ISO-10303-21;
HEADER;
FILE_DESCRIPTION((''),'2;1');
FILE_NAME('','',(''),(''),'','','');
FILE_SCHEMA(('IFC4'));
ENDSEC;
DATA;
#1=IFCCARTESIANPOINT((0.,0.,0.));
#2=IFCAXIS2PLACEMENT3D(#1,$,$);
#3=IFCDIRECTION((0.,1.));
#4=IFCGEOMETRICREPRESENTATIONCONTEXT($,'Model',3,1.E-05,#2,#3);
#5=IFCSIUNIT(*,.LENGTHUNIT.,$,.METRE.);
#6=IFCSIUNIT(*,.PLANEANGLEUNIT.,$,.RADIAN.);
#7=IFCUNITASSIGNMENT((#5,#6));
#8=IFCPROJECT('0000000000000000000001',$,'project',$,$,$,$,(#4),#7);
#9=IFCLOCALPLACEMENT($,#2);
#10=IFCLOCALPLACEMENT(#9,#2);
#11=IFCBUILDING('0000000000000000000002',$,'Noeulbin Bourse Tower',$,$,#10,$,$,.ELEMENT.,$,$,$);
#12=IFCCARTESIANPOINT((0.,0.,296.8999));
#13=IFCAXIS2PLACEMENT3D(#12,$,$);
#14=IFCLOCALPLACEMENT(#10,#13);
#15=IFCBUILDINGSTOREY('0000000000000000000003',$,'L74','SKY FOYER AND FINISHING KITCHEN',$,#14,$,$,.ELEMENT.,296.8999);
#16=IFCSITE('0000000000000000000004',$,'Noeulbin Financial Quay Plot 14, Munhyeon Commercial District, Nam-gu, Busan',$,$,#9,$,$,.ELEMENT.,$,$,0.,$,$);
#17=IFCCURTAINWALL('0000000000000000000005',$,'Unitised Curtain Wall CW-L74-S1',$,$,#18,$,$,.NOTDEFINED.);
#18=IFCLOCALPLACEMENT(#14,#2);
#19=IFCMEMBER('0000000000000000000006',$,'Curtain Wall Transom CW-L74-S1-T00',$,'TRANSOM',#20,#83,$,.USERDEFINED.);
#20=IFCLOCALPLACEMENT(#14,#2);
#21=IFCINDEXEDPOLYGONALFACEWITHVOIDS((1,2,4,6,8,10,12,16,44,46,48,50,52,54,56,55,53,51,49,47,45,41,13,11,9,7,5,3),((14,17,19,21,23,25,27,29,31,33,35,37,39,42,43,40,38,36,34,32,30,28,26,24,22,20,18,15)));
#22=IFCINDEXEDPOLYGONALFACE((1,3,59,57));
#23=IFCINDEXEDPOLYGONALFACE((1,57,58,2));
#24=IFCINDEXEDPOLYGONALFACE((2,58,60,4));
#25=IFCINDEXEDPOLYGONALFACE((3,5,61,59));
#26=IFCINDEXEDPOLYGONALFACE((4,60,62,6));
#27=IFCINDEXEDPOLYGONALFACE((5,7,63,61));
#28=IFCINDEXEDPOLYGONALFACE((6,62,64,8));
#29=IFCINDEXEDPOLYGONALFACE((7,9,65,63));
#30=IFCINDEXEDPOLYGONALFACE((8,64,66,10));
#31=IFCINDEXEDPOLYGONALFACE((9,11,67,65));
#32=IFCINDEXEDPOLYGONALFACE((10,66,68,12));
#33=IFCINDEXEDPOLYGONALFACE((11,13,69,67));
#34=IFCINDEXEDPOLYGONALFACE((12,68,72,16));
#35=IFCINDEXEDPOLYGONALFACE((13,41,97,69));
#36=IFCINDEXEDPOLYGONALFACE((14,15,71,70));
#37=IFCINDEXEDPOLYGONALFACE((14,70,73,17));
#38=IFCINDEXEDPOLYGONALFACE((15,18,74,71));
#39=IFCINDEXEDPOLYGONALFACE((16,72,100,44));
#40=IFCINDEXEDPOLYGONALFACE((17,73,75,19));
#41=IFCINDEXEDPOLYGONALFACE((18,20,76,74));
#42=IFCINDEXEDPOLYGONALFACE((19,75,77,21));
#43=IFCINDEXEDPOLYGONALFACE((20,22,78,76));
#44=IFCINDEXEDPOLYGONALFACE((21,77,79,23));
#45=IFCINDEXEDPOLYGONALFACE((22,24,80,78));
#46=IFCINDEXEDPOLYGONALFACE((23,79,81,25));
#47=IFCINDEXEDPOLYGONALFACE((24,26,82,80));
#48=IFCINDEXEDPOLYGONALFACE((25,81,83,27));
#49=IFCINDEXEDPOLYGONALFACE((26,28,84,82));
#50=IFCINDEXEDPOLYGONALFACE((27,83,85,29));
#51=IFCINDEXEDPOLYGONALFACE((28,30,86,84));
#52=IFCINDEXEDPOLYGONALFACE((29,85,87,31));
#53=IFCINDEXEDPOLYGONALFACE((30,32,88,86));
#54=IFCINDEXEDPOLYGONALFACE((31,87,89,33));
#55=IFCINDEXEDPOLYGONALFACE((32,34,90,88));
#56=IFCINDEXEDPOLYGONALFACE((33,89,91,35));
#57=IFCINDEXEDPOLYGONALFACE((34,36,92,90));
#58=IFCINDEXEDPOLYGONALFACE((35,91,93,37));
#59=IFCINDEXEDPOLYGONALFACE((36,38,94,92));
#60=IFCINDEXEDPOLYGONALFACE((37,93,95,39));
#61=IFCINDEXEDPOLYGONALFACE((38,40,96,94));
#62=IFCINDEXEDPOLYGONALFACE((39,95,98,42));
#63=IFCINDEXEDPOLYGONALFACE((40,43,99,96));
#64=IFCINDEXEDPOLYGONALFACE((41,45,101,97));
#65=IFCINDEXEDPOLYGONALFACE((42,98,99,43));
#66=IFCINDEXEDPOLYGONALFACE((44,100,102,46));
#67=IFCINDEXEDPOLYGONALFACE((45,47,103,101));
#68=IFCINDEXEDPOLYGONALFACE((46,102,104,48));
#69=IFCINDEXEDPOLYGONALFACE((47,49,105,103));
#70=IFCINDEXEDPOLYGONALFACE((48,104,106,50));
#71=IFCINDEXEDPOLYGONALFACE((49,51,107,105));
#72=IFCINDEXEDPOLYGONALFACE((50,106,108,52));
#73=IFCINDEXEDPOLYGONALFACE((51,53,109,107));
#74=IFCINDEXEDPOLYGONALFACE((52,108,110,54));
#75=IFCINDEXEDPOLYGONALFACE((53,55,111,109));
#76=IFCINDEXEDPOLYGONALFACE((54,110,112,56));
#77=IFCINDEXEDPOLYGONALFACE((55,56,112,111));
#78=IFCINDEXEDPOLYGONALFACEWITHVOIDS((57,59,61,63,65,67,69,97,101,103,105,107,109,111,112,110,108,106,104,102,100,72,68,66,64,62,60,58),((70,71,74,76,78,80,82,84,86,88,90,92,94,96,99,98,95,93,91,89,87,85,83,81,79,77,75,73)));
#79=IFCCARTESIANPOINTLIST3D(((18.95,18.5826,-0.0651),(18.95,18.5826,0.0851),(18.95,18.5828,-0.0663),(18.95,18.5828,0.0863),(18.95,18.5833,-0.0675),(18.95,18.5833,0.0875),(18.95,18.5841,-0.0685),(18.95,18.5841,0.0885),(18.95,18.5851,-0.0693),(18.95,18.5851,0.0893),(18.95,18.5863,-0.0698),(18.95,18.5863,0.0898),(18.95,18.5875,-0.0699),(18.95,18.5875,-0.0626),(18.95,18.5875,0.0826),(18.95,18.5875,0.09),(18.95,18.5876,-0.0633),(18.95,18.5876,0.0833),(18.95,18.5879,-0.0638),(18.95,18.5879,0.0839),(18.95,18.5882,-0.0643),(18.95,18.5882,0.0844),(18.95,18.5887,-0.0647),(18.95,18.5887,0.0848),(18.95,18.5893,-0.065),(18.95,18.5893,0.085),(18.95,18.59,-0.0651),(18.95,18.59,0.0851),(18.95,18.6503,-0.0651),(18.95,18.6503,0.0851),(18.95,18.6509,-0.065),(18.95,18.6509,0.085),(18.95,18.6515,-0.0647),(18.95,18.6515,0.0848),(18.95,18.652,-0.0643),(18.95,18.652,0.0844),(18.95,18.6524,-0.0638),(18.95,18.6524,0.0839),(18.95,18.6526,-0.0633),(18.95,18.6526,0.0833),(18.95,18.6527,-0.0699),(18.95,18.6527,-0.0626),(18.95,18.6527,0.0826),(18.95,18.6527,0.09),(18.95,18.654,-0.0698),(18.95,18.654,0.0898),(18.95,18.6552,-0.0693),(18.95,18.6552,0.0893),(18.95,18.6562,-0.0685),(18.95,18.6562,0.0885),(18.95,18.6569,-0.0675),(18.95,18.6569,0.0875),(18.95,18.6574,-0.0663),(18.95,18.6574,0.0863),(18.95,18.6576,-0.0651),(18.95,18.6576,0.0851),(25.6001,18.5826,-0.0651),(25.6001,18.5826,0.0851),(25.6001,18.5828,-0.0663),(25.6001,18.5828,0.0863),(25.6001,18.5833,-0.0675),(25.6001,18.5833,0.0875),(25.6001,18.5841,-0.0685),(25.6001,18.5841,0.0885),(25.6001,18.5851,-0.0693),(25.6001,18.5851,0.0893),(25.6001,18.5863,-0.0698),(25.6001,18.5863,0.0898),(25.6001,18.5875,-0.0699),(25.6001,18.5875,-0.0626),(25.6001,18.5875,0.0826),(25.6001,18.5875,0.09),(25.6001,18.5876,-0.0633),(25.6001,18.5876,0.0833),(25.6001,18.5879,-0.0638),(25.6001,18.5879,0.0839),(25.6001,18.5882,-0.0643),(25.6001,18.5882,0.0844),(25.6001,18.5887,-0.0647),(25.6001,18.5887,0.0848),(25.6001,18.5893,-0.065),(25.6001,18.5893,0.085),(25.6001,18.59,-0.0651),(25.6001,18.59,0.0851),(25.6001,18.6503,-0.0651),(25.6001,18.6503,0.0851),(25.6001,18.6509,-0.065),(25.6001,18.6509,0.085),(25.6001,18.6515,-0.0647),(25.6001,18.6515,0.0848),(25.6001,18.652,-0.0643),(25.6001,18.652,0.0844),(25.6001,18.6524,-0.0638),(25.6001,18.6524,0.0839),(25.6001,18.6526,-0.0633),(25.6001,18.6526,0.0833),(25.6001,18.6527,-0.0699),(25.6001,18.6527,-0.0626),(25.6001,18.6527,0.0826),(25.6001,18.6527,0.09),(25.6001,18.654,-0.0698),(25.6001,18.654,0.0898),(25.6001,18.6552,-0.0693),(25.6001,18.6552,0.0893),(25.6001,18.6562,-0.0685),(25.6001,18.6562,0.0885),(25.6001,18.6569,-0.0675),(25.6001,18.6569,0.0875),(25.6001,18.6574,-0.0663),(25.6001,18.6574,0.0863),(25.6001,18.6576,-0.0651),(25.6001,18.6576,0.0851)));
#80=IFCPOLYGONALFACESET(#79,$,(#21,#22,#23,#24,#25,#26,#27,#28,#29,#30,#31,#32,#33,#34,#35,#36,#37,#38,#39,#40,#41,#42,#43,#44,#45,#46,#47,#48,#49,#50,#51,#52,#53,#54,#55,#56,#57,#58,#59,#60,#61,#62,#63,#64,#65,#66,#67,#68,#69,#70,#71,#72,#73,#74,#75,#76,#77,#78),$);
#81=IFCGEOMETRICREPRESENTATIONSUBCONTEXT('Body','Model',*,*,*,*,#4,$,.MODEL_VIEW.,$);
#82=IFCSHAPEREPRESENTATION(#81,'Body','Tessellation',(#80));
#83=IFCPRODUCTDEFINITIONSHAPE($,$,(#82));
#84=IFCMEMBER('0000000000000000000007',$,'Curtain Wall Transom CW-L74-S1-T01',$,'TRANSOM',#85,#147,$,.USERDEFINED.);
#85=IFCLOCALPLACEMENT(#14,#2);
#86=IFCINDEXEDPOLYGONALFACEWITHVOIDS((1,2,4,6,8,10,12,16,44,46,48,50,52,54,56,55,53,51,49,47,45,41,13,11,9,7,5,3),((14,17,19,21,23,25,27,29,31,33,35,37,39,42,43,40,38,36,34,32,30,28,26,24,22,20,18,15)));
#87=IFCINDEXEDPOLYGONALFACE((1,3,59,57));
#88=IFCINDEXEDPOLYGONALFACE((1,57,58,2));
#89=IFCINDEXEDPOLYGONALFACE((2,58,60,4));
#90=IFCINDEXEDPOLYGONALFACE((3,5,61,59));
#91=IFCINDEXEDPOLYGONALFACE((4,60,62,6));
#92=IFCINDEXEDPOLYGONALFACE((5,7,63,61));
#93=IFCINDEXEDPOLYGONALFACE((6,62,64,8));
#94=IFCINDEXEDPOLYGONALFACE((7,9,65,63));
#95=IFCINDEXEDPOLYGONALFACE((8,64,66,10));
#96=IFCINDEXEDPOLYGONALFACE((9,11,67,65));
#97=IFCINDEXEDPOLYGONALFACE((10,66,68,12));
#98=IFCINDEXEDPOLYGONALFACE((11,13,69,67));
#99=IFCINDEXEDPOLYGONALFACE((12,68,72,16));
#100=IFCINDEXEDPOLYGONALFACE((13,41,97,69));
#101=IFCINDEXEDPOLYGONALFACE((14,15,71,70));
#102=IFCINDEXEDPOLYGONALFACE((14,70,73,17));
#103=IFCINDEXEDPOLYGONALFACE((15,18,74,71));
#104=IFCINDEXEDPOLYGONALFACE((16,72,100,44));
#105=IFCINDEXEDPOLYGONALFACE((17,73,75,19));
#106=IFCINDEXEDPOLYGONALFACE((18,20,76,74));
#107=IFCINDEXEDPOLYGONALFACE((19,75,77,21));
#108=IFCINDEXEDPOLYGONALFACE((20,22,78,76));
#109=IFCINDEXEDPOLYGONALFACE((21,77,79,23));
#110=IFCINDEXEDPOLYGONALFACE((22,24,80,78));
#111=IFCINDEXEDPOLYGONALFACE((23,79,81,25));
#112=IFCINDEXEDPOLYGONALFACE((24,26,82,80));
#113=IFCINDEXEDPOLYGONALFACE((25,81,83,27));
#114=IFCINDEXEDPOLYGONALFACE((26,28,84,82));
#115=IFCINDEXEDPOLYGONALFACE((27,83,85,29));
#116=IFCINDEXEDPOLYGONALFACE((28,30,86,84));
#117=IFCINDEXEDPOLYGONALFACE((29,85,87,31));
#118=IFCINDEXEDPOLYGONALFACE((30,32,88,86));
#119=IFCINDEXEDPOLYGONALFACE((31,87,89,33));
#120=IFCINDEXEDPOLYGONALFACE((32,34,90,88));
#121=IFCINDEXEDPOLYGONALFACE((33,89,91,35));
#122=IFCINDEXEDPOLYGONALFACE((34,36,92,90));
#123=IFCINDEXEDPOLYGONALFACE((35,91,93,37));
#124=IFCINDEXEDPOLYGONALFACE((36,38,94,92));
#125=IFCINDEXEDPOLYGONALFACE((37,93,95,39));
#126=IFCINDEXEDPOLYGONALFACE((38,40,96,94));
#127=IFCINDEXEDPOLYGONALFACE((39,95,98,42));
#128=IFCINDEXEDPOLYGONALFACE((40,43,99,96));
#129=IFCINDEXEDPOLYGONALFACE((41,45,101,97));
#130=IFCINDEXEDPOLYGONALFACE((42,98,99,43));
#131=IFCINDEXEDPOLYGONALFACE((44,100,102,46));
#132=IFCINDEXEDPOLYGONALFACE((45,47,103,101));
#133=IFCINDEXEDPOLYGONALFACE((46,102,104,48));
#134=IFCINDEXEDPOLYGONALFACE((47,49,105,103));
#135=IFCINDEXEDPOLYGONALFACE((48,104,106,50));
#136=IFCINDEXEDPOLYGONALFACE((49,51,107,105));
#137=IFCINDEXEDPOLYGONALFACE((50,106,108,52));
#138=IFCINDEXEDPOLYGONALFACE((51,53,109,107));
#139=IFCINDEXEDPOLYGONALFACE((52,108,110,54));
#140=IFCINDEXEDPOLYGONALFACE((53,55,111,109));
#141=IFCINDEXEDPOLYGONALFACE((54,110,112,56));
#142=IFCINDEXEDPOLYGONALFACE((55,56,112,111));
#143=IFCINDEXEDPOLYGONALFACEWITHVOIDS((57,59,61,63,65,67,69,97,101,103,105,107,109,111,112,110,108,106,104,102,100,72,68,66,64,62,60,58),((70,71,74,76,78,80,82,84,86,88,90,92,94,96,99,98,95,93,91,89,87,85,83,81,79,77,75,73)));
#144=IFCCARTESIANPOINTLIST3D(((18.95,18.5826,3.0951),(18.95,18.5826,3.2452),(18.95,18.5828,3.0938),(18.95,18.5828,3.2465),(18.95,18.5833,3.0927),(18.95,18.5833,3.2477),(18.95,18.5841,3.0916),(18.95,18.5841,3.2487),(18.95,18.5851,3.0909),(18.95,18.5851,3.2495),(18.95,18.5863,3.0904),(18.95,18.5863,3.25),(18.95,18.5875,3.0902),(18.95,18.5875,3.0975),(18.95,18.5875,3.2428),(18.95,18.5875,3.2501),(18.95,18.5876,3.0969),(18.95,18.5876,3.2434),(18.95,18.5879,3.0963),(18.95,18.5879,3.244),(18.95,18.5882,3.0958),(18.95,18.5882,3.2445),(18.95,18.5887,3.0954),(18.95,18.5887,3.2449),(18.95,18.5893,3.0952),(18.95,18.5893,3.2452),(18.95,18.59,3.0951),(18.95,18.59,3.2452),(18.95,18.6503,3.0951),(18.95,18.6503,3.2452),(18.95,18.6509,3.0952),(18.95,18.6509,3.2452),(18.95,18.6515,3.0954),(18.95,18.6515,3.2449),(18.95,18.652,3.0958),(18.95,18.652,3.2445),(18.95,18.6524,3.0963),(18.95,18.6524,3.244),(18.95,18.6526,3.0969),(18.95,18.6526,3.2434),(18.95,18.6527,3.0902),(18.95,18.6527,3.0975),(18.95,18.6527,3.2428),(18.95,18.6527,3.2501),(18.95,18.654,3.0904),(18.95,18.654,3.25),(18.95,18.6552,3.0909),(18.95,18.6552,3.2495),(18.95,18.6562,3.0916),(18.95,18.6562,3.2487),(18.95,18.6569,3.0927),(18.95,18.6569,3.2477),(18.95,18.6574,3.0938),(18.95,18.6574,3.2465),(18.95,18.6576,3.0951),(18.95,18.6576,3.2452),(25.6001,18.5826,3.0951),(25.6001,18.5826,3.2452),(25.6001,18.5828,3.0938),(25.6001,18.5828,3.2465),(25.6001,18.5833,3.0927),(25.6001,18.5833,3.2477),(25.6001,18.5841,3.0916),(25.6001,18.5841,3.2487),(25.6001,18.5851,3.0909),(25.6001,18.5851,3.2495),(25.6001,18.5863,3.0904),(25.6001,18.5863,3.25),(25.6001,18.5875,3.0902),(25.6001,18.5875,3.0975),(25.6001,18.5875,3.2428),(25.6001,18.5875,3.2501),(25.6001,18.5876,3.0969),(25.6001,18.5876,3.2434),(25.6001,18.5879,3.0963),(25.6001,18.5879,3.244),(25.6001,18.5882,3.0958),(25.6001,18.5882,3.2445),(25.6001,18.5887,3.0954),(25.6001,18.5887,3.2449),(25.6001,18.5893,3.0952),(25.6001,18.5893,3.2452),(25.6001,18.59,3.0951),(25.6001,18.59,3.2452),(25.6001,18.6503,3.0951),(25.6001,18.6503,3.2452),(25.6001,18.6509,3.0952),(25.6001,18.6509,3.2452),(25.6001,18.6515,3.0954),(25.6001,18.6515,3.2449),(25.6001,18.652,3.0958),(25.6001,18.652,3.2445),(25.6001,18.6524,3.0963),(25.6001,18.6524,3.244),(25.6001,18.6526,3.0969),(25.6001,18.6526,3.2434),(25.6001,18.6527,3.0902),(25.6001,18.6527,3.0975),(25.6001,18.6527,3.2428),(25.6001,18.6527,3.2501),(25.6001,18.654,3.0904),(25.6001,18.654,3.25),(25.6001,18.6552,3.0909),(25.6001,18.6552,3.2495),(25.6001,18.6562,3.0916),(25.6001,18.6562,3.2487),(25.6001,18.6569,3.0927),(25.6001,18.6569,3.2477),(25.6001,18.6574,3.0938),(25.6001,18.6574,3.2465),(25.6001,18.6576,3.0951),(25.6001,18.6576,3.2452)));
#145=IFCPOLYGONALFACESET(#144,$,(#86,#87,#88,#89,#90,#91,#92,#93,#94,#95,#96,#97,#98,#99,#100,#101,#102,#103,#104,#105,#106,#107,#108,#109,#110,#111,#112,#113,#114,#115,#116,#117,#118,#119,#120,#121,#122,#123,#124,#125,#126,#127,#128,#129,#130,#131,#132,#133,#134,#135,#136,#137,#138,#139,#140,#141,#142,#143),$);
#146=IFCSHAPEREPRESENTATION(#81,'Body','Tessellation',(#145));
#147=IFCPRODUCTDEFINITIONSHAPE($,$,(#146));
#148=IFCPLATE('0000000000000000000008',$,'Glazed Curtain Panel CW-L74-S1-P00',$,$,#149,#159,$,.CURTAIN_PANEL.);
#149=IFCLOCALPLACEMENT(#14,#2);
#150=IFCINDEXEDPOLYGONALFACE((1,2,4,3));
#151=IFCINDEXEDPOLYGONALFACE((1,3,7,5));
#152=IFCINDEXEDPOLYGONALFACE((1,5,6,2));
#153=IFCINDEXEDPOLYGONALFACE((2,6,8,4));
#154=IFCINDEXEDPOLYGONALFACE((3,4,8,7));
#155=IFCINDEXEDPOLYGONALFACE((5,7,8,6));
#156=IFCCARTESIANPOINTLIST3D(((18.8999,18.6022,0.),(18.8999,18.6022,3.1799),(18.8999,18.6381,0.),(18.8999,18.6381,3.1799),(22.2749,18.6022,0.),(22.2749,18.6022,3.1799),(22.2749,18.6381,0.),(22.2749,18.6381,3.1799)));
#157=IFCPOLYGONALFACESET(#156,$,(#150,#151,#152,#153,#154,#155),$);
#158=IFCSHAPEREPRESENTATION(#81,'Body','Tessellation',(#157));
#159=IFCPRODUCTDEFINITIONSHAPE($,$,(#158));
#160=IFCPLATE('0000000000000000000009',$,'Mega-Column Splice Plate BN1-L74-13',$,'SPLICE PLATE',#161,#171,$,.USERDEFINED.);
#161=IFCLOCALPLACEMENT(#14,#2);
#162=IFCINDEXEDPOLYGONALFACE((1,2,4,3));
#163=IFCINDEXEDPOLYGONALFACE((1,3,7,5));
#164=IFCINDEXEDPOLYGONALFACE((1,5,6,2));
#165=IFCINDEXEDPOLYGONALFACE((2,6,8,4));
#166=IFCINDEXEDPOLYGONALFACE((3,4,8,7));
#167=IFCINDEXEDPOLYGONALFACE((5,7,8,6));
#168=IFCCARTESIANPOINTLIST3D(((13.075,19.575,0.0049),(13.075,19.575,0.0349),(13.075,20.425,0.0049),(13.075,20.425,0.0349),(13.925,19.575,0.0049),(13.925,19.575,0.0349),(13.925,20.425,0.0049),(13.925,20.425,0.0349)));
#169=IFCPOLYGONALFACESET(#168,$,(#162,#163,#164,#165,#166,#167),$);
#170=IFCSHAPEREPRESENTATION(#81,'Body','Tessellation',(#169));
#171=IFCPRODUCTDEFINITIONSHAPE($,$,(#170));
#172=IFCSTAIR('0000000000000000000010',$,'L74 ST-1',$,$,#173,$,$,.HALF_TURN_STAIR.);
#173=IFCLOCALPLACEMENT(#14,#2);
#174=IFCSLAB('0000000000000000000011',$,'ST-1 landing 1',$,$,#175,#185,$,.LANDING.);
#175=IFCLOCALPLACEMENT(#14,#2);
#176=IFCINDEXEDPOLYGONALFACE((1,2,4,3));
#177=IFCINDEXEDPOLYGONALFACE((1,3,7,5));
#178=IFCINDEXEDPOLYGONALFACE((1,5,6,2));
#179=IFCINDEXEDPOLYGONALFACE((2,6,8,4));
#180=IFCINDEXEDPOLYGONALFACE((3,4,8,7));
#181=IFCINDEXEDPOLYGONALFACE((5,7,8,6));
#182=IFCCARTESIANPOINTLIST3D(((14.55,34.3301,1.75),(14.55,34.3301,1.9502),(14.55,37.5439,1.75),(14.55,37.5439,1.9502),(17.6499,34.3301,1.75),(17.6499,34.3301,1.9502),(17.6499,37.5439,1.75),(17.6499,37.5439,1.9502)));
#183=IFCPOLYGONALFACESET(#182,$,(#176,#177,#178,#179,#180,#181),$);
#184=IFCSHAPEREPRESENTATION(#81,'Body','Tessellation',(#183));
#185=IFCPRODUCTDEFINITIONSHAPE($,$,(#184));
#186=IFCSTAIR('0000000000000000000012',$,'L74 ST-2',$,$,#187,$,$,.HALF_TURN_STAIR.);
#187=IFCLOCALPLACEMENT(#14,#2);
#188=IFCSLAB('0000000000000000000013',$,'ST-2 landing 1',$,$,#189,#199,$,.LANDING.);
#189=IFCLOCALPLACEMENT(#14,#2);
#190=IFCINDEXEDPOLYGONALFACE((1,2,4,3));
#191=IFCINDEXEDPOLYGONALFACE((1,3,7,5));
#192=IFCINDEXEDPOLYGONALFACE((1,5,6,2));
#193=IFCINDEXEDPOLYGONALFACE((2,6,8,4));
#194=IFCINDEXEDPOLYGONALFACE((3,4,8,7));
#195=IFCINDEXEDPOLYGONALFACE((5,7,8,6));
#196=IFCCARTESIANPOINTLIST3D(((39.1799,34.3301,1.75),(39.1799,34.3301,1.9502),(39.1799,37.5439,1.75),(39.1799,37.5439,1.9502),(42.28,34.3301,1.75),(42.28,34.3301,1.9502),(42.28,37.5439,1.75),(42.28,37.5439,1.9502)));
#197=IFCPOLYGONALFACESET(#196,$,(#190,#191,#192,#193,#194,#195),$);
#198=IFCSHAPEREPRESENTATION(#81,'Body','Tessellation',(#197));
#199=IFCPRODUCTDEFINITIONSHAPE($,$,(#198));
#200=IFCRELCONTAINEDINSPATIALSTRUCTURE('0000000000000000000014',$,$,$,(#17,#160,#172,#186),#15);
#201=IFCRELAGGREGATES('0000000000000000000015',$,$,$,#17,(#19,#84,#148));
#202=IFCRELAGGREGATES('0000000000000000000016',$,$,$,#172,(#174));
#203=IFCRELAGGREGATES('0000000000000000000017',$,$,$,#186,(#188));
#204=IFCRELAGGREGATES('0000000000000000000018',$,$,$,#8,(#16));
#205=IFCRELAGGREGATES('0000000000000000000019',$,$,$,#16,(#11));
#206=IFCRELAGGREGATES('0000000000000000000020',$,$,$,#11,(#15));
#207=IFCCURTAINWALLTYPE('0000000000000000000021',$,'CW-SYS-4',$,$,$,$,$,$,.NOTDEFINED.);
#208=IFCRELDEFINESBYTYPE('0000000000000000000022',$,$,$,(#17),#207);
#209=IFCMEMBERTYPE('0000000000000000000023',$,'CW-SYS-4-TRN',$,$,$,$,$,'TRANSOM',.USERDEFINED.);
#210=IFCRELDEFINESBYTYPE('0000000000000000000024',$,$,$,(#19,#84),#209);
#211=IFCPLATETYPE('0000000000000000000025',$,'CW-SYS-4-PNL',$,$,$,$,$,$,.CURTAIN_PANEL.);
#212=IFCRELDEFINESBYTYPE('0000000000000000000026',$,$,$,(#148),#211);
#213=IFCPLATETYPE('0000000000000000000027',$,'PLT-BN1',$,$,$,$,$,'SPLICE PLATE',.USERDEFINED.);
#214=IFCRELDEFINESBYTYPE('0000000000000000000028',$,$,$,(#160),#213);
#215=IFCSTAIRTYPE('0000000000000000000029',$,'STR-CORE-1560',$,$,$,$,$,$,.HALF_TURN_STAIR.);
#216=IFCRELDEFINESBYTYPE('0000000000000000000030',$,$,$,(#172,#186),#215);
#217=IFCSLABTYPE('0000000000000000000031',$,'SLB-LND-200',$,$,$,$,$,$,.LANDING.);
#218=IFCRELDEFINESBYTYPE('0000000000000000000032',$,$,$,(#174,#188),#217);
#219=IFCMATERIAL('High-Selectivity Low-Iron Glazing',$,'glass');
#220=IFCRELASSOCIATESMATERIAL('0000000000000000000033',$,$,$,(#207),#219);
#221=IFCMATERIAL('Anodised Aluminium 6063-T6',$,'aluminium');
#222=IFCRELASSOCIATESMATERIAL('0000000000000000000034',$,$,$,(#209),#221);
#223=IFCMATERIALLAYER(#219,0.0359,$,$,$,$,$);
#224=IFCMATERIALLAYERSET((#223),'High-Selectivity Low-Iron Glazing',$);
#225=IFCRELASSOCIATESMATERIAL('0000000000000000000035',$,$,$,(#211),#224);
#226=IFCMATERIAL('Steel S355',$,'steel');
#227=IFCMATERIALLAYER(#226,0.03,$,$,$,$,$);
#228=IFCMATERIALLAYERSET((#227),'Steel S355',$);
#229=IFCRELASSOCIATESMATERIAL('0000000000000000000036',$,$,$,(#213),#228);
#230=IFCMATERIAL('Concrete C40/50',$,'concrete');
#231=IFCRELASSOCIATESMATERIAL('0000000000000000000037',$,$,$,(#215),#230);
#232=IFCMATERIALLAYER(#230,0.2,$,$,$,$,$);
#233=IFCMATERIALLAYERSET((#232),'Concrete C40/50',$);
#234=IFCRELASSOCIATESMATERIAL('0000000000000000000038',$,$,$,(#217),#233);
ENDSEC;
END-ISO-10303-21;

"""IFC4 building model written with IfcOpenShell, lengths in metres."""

from ifc_helpers import new_model, si_unit, direction, frame, origin, origin_2d, place, context, subcontext, project, spatial, polyline, rectangle, hollow_rectangle, outline, extrude, material, layer, layer_set, material_profile, profile_set, type_object, element, aggregate, save


model = new_model("IFC4")

# Units and contexts
model_context = context("Model", 3, precision=1e-05, world=origin(), true_north=direction((0.0, 1.0)))
body_context = subcontext(model_context, "Body", "Model", "MODEL_VIEW")
ifc_project = project(units=[si_unit("LENGTHUNIT", "METRE"), si_unit("PLANEANGLEUNIT", "RADIAN")], contexts=[model_context])

# Site, building, storey
site_placement = place(None, origin())
site = spatial("IfcSite", under=ifc_project, at=site_placement, Name="Noeulbin Financial Quay Plot 14, Munhyeon Commercial District, Nam-gu, Busan", CompositionType="ELEMENT", RefElevation=0.0)
building_placement = place(site_placement, origin())
building = spatial("IfcBuilding", under=site, at=building_placement, Name="Noeulbin Bourse Tower", CompositionType="ELEMENT")
storey_placement = place(building_placement, frame((0.0, 0.0, 296.8999)))
storey = spatial("IfcBuildingStorey", under=building, at=storey_placement, Name="L74", Description="SKY FOYER AND FINISHING KITCHEN", CompositionType="ELEMENT", Elevation=296.8999)

# Shared definitions
ifc_material_1 = material(Name="Steel S355", Category="steel")

# Curtain wall, members, plate
ifc_material_2 = material(Name="High-Selectivity Low-Iron Glazing", Category="glass")
curtain_wall_type = type_object("IfcCurtainWallType", Name="CW-SYS-4", PredefinedType="NOTDEFINED", material=ifc_material_2)
curtain_wall_placement = place(storey_placement, origin())
curtain_wall = element("IfcCurtainWall", 1, at=curtain_wall_placement, inside=storey, type_object=curtain_wall_type, Name="Unitised Curtain Wall CW-L74-S1", PredefinedType="NOTDEFINED")
ifc_material_3 = material(Name="Anodised Aluminium 6063-T6", Category="aluminium")
ifc_material_profile_1 = material_profile(ifc_material_3, hollow_rectangle(XDim=0.075, YDim=0.1599, WallThickness=0.0049, InnerFilletRadius=0.0024, OuterFilletRadius=0.0049, at=origin_2d()), Name="ALU-TRAN-75x160x5", Category="LoadBearing")
ifc_profile_set_1 = profile_set([ifc_material_profile_1], Name="Anodised Aluminium 6063-T6")
member_type_1 = type_object("IfcMemberType", Name="CW-SYS-4-TRN", ElementType="TRANSOM", PredefinedType="USERDEFINED", material=ifc_profile_set_1)
member_1_placement = place(storey_placement, frame((18.95, 18.6201, 0.01), z_axis=(1.0, 0.0, 0.0), x_axis=(0.0, 1.0, 0.0)))
member_1 = element("IfcMember", 2, at=member_1_placement, type_object=member_type_1, Name="Curtain Wall Transom CW-L74-S1-T00", ObjectType="TRANSOM", PredefinedType="USERDEFINED", context=body_context, shape_type="SweptSolid", body=[
    extrude(hollow_rectangle(XDim=0.075, YDim=0.1599, WallThickness=0.0049, InnerFilletRadius=0.0024, OuterFilletRadius=0.0049, at=origin_2d()), origin(), (0.0, 0.0, 1.0), 6.6501),
])
member_2_placement = place(storey_placement, frame((18.95, 18.6201, 3.1702), z_axis=(1.0, 0.0, 0.0), x_axis=(0.0, 1.0, 0.0)))
member_2 = element("IfcMember", 3, at=member_2_placement, type_object=member_type_1, Name="Curtain Wall Transom CW-L74-S1-T01", ObjectType="TRANSOM", PredefinedType="USERDEFINED", context=body_context, shape_type="SweptSolid", body=[
    extrude(hollow_rectangle(XDim=0.075, YDim=0.1599, WallThickness=0.0049, InnerFilletRadius=0.0024, OuterFilletRadius=0.0049, at=origin_2d()), origin(), (0.0, 0.0, 1.0), 6.6501),
])
ifc_layer_1 = layer(ifc_material_2, 0.0359)
ifc_layer_set_1 = layer_set([ifc_layer_1], Name="High-Selectivity Low-Iron Glazing")
plate_type_1 = type_object("IfcPlateType", Name="CW-SYS-4-PNL", PredefinedType="CURTAIN_PANEL", material=ifc_layer_set_1)
plate_1_placement = place(storey_placement, frame((20.5874, 18.6201, 0.0), z_axis=(0.0, 0.0, 1.0), x_axis=(1.0, 0.0, 0.0)))
plate_1 = element("IfcPlate", 4, at=plate_1_placement, type_object=plate_type_1, Name="Glazed Curtain Panel CW-L74-S1-P00", PredefinedType="CURTAIN_PANEL", context=body_context, shape_type="SweptSolid", body=[
    extrude(rectangle(XDim=3.375, YDim=0.0359, at=origin_2d()), origin(), (0.0, 0.0, 1.0), 3.1799),
])
aggregate(curtain_wall, [member_1, member_2, plate_1])

# Plate
ifc_layer_2 = layer(ifc_material_1, 0.03)
ifc_layer_set_2 = layer_set([ifc_layer_2], Name="Steel S355")
plate_type_2 = type_object("IfcPlateType", Name="PLT-BN1", ElementType="SPLICE PLATE", PredefinedType="USERDEFINED", material=ifc_layer_set_2)
plate_2_placement = place(storey_placement, frame((13.5, 20.0, 0.0049), z_axis=(0.0, 0.0, 1.0), x_axis=(1.0, 0.0, 0.0)))
element("IfcPlate", 5, at=plate_2_placement, inside=storey, type_object=plate_type_2, Name="Mega-Column Splice Plate BN1-L74-13", ObjectType="SPLICE PLATE", PredefinedType="USERDEFINED", context=body_context, shape_type="SweptSolid", body=[
    extrude(rectangle(XDim=0.8501, YDim=0.8501, at=origin_2d()), origin(), (0.0, 0.0, 1.0), 0.03),
])

# Stairs, slabs
ifc_material_4 = material(Name="Concrete C40/50", Category="concrete")
stair_type = type_object("IfcStairType", Name="STR-CORE-1560", PredefinedType="HALF_TURN_STAIR", material=ifc_material_4)
stair_1_placement = place(storey_placement, origin())
stair_1 = element("IfcStair", 6, at=stair_1_placement, inside=storey, type_object=stair_type, Name="L74 ST-1", PredefinedType="HALF_TURN_STAIR")
ifc_layer_3 = layer(ifc_material_4, 0.2)
ifc_layer_set_3 = layer_set([ifc_layer_3], Name="Concrete C40/50")
slab_type_1 = type_object("IfcSlabType", Name="SLB-LND-200", PredefinedType="LANDING", material=ifc_layer_set_3)
slab_1_placement = place(storey_placement, frame((0.0, 0.0, 1.75)))
slab_1 = element("IfcSlab", 7, at=slab_1_placement, type_object=slab_type_1, Name="ST-1 landing 1", PredefinedType="LANDING", context=body_context, shape_type="SweptSolid", body=[
    extrude(outline(polyline([(17.6499, 34.3301), (17.6499, 37.5439), (14.55, 37.5439), (14.55, 34.3301), (17.6499, 34.3301)])), origin(), (0.0, 0.0, 1.0), 0.2002),
])
aggregate(stair_1, [slab_1])
stair_2_placement = place(storey_placement, origin())
stair_2 = element("IfcStair", 8, at=stair_2_placement, inside=storey, type_object=stair_type, Name="L74 ST-2", PredefinedType="HALF_TURN_STAIR")
slab_2_placement = place(storey_placement, frame((0.0, 0.0, 1.75)))
slab_2 = element("IfcSlab", 9, at=slab_2_placement, type_object=slab_type_1, Name="ST-2 landing 1", PredefinedType="LANDING", context=body_context, shape_type="SweptSolid", body=[
    extrude(outline(polyline([(42.28, 34.3301), (42.28, 37.5439), (39.1799, 37.5439), (39.1799, 34.3301), (42.28, 34.3301)])), origin(), (0.0, 0.0, 1.0), 0.2002),
])
aggregate(stair_2, [slab_2])

save(model, "model.ifc")
